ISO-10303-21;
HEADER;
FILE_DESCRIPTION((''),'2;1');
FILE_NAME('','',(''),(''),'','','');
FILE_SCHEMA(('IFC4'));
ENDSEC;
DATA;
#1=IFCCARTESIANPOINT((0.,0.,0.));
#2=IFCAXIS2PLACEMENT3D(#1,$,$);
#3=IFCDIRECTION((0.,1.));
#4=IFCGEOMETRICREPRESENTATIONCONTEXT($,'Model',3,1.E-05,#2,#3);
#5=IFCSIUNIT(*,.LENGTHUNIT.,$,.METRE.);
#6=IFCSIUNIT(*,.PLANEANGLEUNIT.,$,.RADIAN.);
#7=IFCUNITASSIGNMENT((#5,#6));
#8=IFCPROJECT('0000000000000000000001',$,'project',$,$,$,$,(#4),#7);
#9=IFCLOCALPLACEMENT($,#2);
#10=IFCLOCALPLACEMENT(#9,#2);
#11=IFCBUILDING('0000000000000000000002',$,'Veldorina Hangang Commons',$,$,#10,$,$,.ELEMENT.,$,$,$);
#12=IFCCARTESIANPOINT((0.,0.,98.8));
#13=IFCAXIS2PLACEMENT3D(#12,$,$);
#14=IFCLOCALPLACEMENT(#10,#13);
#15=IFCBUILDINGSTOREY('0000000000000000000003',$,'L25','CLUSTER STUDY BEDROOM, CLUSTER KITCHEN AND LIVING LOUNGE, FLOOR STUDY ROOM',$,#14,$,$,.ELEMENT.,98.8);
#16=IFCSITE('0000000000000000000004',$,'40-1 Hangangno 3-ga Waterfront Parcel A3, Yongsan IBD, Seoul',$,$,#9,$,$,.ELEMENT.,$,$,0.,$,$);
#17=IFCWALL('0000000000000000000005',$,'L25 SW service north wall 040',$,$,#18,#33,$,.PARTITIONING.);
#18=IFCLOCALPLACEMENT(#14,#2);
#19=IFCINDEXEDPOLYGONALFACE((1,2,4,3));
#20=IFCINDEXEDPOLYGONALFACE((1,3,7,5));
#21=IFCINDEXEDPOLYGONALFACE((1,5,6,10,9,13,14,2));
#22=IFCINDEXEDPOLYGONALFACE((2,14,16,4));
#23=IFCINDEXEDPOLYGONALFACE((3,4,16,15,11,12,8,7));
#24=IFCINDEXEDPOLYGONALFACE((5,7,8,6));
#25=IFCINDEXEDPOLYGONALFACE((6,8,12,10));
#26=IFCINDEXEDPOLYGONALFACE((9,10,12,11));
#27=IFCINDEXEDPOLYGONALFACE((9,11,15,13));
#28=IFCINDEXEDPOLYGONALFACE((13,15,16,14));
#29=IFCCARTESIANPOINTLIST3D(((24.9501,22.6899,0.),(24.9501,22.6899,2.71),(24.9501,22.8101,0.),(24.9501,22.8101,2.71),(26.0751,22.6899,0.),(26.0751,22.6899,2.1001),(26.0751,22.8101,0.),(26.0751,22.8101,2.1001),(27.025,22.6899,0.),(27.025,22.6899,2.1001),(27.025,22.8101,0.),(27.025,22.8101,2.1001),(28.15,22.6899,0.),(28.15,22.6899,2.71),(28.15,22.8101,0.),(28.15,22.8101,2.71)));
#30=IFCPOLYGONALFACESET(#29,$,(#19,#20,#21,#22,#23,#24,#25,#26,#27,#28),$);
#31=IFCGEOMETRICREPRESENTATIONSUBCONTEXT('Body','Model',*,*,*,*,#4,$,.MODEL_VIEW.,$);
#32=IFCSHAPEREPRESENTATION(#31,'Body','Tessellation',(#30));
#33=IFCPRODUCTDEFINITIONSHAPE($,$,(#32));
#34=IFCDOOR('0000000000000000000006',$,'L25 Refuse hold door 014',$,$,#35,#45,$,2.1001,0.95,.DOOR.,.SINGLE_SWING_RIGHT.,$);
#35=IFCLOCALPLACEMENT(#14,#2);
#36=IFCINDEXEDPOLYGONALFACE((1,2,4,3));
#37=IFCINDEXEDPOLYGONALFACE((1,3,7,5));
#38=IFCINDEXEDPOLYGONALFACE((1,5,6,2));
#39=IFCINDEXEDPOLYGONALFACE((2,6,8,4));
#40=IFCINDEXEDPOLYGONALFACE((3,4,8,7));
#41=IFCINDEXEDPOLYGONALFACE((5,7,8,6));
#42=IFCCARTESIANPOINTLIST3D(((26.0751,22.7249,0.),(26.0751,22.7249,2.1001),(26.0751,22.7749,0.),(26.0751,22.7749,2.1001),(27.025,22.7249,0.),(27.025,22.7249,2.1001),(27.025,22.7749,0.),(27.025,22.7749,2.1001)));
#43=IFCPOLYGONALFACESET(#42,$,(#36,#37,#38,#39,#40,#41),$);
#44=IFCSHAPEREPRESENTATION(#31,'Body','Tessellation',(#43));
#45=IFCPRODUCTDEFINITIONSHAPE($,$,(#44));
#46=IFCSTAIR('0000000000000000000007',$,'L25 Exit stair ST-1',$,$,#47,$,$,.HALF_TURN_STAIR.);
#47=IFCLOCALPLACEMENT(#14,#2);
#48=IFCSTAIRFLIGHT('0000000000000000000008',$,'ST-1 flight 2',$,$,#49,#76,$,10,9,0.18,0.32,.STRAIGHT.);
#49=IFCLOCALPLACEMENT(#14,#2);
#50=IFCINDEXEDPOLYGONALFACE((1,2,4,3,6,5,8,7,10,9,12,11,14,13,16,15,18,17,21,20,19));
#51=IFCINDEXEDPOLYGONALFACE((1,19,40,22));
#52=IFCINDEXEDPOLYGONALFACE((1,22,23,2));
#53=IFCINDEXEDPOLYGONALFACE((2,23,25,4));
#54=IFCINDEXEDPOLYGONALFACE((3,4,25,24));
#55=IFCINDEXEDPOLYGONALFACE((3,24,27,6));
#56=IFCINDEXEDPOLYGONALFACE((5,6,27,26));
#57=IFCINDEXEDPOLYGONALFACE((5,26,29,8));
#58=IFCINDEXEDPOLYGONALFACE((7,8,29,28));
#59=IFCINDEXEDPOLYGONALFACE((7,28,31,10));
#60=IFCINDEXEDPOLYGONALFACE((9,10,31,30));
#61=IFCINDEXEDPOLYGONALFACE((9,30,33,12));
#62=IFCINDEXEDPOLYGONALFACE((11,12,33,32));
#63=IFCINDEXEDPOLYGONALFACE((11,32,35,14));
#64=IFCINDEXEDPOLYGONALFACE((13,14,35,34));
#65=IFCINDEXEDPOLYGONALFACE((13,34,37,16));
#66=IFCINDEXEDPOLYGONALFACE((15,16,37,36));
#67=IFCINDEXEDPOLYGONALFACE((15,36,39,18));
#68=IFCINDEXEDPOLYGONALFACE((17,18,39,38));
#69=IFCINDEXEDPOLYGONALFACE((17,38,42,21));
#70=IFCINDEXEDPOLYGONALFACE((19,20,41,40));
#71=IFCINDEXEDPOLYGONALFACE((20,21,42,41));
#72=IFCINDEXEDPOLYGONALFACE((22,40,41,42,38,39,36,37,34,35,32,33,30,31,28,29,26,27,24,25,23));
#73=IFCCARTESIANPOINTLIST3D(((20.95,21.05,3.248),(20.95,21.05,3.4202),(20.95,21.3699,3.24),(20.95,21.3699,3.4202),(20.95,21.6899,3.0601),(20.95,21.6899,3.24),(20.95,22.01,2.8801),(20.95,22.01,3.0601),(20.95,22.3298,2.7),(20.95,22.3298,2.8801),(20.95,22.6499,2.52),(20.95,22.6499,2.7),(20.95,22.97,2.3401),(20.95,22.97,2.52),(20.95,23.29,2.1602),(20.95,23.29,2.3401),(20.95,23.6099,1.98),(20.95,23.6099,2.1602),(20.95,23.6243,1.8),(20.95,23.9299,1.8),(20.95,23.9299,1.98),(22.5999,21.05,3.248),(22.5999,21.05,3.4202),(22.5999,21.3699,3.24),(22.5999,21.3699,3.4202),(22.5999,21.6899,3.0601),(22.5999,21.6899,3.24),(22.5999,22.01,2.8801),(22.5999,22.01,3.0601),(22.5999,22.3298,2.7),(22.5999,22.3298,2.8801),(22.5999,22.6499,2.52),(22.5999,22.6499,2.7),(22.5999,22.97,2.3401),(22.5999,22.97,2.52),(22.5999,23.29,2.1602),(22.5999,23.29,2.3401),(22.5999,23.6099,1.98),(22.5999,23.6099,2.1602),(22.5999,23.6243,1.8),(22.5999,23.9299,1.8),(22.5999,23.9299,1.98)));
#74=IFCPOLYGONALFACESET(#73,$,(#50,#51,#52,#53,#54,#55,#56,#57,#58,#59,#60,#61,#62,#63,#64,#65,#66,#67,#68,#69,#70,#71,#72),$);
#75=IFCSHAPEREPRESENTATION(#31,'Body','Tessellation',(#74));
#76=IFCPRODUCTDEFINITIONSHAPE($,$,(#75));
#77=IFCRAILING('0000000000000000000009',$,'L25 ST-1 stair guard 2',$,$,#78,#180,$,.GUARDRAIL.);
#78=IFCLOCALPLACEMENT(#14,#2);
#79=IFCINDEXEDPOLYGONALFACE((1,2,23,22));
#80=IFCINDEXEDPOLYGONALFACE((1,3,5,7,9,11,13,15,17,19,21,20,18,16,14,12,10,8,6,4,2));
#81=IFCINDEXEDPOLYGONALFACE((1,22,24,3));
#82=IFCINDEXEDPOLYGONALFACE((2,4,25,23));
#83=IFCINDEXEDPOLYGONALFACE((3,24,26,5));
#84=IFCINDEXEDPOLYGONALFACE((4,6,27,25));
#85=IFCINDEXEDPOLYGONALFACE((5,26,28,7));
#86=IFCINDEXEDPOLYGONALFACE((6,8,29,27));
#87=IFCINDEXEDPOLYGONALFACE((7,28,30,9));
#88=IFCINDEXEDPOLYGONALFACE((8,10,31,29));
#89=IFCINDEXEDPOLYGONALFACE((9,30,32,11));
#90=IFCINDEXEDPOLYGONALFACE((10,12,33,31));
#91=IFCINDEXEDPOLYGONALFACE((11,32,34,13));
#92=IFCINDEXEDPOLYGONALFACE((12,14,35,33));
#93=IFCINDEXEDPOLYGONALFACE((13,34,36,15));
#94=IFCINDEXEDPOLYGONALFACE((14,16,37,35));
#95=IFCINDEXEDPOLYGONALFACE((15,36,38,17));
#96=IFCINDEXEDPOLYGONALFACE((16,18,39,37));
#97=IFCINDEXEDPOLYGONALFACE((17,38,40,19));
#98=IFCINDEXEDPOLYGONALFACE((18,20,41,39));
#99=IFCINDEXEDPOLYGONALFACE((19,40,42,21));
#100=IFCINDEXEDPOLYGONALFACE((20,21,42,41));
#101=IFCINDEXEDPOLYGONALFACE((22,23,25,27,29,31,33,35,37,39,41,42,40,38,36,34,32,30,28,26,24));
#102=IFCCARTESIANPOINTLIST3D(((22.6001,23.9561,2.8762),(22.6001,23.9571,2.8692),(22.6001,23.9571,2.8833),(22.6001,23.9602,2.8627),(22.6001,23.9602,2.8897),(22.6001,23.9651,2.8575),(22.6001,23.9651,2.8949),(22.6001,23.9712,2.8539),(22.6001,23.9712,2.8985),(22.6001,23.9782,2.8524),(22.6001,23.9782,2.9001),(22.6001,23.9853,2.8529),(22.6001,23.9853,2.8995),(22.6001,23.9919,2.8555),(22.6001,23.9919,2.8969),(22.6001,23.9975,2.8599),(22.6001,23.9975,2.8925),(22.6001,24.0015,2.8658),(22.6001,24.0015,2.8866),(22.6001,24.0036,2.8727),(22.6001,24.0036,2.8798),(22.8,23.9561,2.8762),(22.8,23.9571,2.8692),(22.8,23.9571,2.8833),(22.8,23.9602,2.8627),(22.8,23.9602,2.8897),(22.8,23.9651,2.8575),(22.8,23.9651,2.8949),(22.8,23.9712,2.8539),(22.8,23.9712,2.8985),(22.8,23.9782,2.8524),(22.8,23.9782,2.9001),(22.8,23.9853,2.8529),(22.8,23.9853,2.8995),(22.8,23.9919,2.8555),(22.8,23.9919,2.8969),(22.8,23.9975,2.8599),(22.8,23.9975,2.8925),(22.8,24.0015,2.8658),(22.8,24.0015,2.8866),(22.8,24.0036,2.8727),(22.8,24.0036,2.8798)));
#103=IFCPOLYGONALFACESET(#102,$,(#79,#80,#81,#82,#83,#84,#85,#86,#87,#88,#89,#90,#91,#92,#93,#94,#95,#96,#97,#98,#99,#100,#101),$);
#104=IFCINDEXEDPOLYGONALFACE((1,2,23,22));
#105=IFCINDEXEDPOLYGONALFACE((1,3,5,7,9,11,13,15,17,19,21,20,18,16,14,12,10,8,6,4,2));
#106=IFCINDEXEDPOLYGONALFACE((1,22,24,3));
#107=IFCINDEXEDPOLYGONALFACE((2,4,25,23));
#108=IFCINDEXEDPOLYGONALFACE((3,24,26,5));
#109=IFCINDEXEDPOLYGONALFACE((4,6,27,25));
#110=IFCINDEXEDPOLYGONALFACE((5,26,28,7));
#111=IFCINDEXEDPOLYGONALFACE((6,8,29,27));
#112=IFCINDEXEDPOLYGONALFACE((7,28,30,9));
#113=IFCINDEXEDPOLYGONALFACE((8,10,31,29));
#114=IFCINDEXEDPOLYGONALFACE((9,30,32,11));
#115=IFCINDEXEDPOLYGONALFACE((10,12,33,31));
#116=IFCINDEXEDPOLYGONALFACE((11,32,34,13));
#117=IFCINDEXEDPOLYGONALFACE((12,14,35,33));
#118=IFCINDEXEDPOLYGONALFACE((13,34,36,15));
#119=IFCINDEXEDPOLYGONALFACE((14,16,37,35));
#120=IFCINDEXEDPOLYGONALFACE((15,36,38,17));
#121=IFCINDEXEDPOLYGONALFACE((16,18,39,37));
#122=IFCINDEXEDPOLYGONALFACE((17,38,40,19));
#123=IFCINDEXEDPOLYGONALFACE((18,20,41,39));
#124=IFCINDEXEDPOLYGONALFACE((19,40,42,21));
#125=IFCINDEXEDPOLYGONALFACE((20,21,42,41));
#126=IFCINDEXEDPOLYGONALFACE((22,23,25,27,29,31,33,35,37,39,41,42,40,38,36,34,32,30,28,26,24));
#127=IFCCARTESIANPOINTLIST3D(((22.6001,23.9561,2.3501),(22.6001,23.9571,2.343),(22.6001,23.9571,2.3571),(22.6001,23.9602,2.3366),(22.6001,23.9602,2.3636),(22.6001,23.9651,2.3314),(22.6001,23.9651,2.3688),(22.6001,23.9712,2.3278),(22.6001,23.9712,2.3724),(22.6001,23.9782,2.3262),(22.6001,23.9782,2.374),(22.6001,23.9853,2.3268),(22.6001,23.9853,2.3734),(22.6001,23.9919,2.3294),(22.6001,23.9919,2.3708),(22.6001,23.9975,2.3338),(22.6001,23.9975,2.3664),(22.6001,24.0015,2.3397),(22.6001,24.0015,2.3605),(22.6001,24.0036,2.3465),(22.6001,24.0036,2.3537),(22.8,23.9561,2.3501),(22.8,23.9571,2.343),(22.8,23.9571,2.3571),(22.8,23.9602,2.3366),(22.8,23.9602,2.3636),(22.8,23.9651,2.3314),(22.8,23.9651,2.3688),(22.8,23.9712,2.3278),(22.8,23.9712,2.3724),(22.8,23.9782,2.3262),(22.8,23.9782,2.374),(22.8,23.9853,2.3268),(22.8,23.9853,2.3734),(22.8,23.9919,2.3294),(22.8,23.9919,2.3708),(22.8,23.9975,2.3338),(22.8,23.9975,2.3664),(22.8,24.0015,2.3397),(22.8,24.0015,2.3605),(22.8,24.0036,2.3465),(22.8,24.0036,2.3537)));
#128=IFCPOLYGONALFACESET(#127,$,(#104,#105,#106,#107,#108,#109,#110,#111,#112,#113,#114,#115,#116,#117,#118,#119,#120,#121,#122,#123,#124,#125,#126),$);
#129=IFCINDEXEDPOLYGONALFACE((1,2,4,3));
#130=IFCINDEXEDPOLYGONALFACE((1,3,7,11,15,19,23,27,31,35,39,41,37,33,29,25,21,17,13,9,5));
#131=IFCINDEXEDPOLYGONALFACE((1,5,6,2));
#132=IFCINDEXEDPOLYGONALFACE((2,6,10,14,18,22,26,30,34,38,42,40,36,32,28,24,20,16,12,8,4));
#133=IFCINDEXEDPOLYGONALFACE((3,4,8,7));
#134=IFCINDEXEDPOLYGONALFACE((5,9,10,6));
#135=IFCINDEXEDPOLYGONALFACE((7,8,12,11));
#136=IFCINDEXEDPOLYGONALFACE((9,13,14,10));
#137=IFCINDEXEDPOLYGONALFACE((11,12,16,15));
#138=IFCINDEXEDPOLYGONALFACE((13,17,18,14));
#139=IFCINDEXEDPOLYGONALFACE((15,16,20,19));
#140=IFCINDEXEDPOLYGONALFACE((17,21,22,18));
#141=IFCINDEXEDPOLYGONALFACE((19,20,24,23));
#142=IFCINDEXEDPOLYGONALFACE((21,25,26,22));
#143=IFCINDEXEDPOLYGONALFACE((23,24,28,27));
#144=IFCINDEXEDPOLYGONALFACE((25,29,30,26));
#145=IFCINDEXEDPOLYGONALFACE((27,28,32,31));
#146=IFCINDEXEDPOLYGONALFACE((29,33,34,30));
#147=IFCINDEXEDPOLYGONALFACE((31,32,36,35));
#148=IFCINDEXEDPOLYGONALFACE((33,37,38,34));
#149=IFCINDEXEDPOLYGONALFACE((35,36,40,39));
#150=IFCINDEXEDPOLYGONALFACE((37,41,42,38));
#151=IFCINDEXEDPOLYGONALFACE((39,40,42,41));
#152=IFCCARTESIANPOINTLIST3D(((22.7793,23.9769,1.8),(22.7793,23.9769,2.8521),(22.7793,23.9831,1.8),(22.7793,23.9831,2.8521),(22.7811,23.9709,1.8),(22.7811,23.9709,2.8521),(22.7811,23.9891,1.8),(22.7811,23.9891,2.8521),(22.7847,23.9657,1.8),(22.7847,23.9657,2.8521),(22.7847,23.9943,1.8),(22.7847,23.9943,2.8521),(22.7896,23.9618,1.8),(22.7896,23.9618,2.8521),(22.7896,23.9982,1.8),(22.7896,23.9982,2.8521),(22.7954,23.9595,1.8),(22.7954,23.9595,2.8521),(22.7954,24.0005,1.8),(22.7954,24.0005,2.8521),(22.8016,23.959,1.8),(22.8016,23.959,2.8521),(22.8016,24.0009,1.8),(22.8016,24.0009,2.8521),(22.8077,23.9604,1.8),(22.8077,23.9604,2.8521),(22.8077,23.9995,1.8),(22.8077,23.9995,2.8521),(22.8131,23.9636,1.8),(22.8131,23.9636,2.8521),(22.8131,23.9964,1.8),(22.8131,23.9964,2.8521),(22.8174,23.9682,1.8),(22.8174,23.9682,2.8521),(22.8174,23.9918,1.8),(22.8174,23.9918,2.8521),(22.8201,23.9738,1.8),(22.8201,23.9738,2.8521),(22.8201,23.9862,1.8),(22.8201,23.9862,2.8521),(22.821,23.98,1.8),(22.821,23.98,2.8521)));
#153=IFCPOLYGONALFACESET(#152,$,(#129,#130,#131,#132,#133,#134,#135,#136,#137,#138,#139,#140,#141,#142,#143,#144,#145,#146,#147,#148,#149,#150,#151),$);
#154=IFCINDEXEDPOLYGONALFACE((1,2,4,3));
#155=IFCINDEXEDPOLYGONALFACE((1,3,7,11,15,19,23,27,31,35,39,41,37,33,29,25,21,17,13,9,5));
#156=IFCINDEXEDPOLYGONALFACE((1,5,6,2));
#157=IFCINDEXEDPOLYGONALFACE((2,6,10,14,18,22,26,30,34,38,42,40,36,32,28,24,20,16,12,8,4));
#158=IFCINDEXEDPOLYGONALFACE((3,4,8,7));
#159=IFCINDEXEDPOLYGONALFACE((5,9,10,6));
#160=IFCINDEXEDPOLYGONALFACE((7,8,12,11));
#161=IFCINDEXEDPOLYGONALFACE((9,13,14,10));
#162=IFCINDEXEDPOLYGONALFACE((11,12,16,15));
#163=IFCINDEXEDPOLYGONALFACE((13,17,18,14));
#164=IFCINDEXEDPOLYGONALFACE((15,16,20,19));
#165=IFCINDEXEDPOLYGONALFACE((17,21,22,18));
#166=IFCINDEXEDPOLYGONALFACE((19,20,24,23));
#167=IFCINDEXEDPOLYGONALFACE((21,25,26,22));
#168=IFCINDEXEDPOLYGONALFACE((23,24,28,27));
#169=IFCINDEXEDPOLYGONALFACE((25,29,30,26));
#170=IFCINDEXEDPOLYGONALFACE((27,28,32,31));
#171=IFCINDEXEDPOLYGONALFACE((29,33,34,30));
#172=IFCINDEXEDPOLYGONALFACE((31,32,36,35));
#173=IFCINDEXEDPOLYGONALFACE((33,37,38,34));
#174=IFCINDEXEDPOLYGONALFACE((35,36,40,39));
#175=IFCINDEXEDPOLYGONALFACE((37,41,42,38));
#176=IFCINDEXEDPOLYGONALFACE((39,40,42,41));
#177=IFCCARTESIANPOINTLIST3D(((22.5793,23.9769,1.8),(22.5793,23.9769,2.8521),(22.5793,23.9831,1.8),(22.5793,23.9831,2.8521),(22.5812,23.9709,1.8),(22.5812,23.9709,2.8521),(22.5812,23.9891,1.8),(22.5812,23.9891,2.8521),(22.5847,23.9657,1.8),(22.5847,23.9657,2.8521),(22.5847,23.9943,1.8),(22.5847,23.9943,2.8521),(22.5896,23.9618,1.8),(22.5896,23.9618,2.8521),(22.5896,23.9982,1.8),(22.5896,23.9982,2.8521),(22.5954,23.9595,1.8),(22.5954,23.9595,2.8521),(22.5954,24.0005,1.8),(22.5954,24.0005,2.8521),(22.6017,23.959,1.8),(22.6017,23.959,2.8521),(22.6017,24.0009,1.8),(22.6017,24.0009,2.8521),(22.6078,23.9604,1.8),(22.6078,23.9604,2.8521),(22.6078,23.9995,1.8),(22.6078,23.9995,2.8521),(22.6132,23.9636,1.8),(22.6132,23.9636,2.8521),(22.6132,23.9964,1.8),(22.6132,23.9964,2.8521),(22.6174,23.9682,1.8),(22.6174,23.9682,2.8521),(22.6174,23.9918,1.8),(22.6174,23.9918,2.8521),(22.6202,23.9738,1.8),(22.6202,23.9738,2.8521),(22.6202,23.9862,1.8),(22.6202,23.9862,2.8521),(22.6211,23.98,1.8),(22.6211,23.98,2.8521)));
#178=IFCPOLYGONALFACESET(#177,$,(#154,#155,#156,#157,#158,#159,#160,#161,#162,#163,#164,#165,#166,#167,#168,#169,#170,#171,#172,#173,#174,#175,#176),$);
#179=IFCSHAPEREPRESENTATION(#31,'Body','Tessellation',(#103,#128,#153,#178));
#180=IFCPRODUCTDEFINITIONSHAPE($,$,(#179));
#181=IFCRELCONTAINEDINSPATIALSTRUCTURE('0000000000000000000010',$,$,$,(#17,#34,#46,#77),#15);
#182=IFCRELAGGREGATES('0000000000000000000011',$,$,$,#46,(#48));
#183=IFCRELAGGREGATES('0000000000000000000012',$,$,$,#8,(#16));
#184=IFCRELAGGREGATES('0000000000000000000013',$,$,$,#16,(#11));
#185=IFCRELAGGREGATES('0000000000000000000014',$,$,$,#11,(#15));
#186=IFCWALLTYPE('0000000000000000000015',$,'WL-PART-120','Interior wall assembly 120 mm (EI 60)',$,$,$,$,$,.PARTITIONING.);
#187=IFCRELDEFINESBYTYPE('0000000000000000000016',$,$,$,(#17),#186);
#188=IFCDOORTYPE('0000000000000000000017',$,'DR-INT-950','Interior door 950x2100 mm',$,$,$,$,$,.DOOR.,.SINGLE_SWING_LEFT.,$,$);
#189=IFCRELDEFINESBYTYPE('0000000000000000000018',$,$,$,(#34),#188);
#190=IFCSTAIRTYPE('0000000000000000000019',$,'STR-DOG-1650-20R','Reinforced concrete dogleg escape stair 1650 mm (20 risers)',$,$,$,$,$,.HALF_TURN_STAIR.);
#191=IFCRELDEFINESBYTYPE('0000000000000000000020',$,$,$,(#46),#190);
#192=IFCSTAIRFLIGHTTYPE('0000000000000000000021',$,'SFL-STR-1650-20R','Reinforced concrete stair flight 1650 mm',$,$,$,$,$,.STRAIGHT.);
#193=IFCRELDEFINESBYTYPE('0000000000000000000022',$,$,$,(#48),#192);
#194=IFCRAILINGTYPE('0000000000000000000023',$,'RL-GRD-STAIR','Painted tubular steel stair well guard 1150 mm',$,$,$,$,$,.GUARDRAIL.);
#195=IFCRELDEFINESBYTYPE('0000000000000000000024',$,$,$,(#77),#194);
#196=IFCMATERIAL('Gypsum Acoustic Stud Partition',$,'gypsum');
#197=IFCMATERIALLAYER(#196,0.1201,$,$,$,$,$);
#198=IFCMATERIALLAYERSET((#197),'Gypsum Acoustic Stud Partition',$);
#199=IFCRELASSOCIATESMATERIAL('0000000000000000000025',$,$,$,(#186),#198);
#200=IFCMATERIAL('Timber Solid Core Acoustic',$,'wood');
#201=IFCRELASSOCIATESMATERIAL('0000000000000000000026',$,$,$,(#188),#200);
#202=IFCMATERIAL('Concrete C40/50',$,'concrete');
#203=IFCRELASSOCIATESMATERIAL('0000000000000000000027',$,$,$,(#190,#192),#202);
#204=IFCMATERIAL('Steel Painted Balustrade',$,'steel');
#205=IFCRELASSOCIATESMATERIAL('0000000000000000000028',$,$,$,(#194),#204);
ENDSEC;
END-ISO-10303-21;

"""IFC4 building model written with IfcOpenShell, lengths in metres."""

from ifc_helpers import new_model, si_unit, direction, frame, frame_2d, origin, origin_2d, place, context, subcontext, project, spatial, polyline, rectangle, circle, outline, extrude, material, layer, layer_set, type_object, element, fill, aggregate, save


model = new_model("IFC4")

# Units and contexts
model_context = context("Model", 3, precision=1e-05, world=origin(), true_north=direction((0.0, 1.0)))
body_context = subcontext(model_context, "Body", "Model", "MODEL_VIEW")
ifc_project = project(units=[si_unit("LENGTHUNIT", "METRE"), si_unit("PLANEANGLEUNIT", "RADIAN")], contexts=[model_context])

# Site, building, storey
site_placement = place(None, origin())
site = spatial("IfcSite", under=ifc_project, at=site_placement, Name="40-1 Hangangno 3-ga Waterfront Parcel A3, Yongsan IBD, Seoul", CompositionType="ELEMENT", RefElevation=0.0)
building_placement = place(site_placement, origin())
building = spatial("IfcBuilding", under=site, at=building_placement, Name="Veldorina Hangang Commons", CompositionType="ELEMENT")
storey_placement = place(building_placement, frame((0.0, 0.0, 98.8)))
storey = spatial("IfcBuildingStorey", under=building, at=storey_placement, Name="L25", Description="CLUSTER STUDY BEDROOM, CLUSTER KITCHEN AND LIVING LOUNGE, FLOOR STUDY ROOM", CompositionType="ELEMENT", Elevation=98.8)

# Wall, opening, door
ifc_material_1 = material(Name="Gypsum Acoustic Stud Partition", Category="gypsum")
ifc_layer_1 = layer(ifc_material_1, 0.1201)
ifc_layer_set_1 = layer_set([ifc_layer_1], Name="Gypsum Acoustic Stud Partition")
wall_type_1 = type_object("IfcWallType", Name="WL-PART-120", Description="Interior wall assembly 120 mm (EI 60)", PredefinedType="PARTITIONING", material=ifc_layer_set_1)
ifc_material_2 = material(Name="Timber Solid Core Acoustic", Category="wood")
door_type_1 = type_object("IfcDoorType", Name="DR-INT-950", Description="Interior door 950x2100 mm", OperationType="SINGLE_SWING_LEFT", PredefinedType="DOOR", material=ifc_material_2)
wall_1_placement = place(storey_placement, frame((24.95, 22.75, 0.0), z_axis=(0.0, 0.0, 1.0), x_axis=(1.0, 0.0, 0.0)))
wall_1 = element("IfcWall", 1, at=wall_1_placement, inside=storey, type_object=wall_type_1, Name="L25 SW service north wall 040", PredefinedType="PARTITIONING", context=body_context, shape_type="SweptSolid", body=[
    extrude(rectangle(XDim=3.2, YDim=0.1201, at=frame_2d((1.6001, 0.0))), origin(), (0.0, 0.0, 1.0), 2.71),
])
opening_1_placement = place(wall_1_placement, frame((1.125, 0.0, 0.0)))
opening_1 = element("IfcOpeningElement", 2, at=opening_1_placement, cuts=wall_1, PredefinedType="OPENING", context=body_context, shape_type="SweptSolid", body=[
    extrude(rectangle(XDim=0.95, YDim=2.1001, at=frame_2d((0.4751, 1.05))), frame((0.0, 0.0701, 0.0), z_axis=(0.0, -1.0, 0.0), x_axis=(1.0, 0.0, 0.0)), (0.0, 0.0, 1.0), 0.1401),
])
door_1_placement = place(opening_1_placement, origin())
door_1 = element("IfcDoor", 3, at=door_1_placement, inside=storey, type_object=door_type_1, Name="L25 Refuse hold door 014", OperationType="SINGLE_SWING_RIGHT", OverallHeight=2.1001, OverallWidth=0.95, PredefinedType="DOOR", context=body_context, shape_type="SweptSolid", body=[
    extrude(rectangle(XDim=0.95, YDim=2.1001, at=frame_2d((0.4751, 1.05))), frame((0.0, 0.0249, 0.0), z_axis=(0.0, -1.0, 0.0), x_axis=(1.0, 0.0, 0.0)), (0.0, 0.0, 1.0), 0.05),
])
fill(opening_1, door_1)

# Stair, stair flight
ifc_material_3 = material(Name="Concrete C40/50", Category="concrete")
stair_type = type_object("IfcStairType", Name="STR-DOG-1650-20R", Description="Reinforced concrete dogleg escape stair 1650 mm (20 risers)", PredefinedType="HALF_TURN_STAIR", material=ifc_material_3)
stair_placement = place(storey_placement, origin())
stair = element("IfcStair", 4, at=stair_placement, inside=storey, type_object=stair_type, Name="L25 Exit stair ST-1", PredefinedType="HALF_TURN_STAIR")
stair_flight_type = type_object("IfcStairFlightType", Name="SFL-STR-1650-20R", Description="Reinforced concrete stair flight 1650 mm", PredefinedType="STRAIGHT", material=ifc_material_3)
stair_flight_placement = place(storey_placement, frame((21.7749, 23.9299, 1.8), z_axis=(0.0, 0.0, 1.0), x_axis=(0.0, -1.0, 0.0)))
stair_flight = element("IfcStairFlight", 5, at=stair_flight_placement, type_object=stair_flight_type, Name="ST-1 flight 2", NumberOfRisers=10, NumberOfTreads=9, PredefinedType="STRAIGHT", RiserHeight=0.18, TreadLength=0.32, context=body_context, shape_type="SweptSolid", body=[
    extrude(outline(polyline([(0.0, 0.0), (0.0, 0.1799), (0.3201, 0.1799), (0.3201, 0.3601), (0.6399, 0.3601), (0.6399, 0.54), (0.96, 0.54), (0.96, 0.72), (1.28, 0.72), (1.28, 0.8999), (1.6001, 0.8999), (1.6001, 1.0801), (1.9199, 1.0801), (1.9199, 1.26), (2.24, 1.26), (2.24, 1.4399), (2.5601, 1.4399), (2.5601, 1.6201), (2.8799, 1.6201), (2.8799, 1.8), (2.8799, 1.448), (0.3057, 0.0), (0.0, 0.0)])), frame((0.0, 0.825, 0.0), z_axis=(0.0, -1.0, 0.0), x_axis=(1.0, 0.0, 0.0)), (0.0, 0.0, 1.0), 1.6499),
])
aggregate(stair, [stair_flight])

# Railing
ifc_material_4 = material(Name="Steel Painted Balustrade", Category="steel")
railing_type_1 = type_object("IfcRailingType", Name="RL-GRD-STAIR", Description="Painted tubular steel stair well guard 1150 mm", PredefinedType="GUARDRAIL", material=ifc_material_4)
railing_1_placement = place(storey_placement, frame((22.8, 23.98, 1.8)))
element("IfcRailing", 6, at=railing_1_placement, inside=storey, type_object=railing_type_1, Name="L25 ST-1 stair guard 2", PredefinedType="GUARDRAIL", context=body_context, shape_type="SweptSolid", body=[
    extrude(circle(Radius=0.0239, at=origin_2d()), frame((0.0, 0.0, 1.0762), z_axis=(-1.0, 0.0, 0.0), x_axis=(0.0, -1.0, 0.0)), (0.0, 0.0, 1.0), 0.2),
    extrude(circle(Radius=0.0239, at=origin_2d()), frame((0.0, 0.0, 0.55), z_axis=(-1.0, 0.0, 0.0), x_axis=(0.0, -1.0, 0.0)), (0.0, 0.0, 1.0), 0.2),
    extrude(circle(Radius=0.021, at=origin_2d()), origin(), (0.0, 0.0, 1.0), 1.052),
    extrude(circle(Radius=0.021, at=origin_2d()), frame((-0.2, 0.0, 0.0)), (0.0, 0.0, 1.0), 1.052),
])

save(model, "model.ifc")
